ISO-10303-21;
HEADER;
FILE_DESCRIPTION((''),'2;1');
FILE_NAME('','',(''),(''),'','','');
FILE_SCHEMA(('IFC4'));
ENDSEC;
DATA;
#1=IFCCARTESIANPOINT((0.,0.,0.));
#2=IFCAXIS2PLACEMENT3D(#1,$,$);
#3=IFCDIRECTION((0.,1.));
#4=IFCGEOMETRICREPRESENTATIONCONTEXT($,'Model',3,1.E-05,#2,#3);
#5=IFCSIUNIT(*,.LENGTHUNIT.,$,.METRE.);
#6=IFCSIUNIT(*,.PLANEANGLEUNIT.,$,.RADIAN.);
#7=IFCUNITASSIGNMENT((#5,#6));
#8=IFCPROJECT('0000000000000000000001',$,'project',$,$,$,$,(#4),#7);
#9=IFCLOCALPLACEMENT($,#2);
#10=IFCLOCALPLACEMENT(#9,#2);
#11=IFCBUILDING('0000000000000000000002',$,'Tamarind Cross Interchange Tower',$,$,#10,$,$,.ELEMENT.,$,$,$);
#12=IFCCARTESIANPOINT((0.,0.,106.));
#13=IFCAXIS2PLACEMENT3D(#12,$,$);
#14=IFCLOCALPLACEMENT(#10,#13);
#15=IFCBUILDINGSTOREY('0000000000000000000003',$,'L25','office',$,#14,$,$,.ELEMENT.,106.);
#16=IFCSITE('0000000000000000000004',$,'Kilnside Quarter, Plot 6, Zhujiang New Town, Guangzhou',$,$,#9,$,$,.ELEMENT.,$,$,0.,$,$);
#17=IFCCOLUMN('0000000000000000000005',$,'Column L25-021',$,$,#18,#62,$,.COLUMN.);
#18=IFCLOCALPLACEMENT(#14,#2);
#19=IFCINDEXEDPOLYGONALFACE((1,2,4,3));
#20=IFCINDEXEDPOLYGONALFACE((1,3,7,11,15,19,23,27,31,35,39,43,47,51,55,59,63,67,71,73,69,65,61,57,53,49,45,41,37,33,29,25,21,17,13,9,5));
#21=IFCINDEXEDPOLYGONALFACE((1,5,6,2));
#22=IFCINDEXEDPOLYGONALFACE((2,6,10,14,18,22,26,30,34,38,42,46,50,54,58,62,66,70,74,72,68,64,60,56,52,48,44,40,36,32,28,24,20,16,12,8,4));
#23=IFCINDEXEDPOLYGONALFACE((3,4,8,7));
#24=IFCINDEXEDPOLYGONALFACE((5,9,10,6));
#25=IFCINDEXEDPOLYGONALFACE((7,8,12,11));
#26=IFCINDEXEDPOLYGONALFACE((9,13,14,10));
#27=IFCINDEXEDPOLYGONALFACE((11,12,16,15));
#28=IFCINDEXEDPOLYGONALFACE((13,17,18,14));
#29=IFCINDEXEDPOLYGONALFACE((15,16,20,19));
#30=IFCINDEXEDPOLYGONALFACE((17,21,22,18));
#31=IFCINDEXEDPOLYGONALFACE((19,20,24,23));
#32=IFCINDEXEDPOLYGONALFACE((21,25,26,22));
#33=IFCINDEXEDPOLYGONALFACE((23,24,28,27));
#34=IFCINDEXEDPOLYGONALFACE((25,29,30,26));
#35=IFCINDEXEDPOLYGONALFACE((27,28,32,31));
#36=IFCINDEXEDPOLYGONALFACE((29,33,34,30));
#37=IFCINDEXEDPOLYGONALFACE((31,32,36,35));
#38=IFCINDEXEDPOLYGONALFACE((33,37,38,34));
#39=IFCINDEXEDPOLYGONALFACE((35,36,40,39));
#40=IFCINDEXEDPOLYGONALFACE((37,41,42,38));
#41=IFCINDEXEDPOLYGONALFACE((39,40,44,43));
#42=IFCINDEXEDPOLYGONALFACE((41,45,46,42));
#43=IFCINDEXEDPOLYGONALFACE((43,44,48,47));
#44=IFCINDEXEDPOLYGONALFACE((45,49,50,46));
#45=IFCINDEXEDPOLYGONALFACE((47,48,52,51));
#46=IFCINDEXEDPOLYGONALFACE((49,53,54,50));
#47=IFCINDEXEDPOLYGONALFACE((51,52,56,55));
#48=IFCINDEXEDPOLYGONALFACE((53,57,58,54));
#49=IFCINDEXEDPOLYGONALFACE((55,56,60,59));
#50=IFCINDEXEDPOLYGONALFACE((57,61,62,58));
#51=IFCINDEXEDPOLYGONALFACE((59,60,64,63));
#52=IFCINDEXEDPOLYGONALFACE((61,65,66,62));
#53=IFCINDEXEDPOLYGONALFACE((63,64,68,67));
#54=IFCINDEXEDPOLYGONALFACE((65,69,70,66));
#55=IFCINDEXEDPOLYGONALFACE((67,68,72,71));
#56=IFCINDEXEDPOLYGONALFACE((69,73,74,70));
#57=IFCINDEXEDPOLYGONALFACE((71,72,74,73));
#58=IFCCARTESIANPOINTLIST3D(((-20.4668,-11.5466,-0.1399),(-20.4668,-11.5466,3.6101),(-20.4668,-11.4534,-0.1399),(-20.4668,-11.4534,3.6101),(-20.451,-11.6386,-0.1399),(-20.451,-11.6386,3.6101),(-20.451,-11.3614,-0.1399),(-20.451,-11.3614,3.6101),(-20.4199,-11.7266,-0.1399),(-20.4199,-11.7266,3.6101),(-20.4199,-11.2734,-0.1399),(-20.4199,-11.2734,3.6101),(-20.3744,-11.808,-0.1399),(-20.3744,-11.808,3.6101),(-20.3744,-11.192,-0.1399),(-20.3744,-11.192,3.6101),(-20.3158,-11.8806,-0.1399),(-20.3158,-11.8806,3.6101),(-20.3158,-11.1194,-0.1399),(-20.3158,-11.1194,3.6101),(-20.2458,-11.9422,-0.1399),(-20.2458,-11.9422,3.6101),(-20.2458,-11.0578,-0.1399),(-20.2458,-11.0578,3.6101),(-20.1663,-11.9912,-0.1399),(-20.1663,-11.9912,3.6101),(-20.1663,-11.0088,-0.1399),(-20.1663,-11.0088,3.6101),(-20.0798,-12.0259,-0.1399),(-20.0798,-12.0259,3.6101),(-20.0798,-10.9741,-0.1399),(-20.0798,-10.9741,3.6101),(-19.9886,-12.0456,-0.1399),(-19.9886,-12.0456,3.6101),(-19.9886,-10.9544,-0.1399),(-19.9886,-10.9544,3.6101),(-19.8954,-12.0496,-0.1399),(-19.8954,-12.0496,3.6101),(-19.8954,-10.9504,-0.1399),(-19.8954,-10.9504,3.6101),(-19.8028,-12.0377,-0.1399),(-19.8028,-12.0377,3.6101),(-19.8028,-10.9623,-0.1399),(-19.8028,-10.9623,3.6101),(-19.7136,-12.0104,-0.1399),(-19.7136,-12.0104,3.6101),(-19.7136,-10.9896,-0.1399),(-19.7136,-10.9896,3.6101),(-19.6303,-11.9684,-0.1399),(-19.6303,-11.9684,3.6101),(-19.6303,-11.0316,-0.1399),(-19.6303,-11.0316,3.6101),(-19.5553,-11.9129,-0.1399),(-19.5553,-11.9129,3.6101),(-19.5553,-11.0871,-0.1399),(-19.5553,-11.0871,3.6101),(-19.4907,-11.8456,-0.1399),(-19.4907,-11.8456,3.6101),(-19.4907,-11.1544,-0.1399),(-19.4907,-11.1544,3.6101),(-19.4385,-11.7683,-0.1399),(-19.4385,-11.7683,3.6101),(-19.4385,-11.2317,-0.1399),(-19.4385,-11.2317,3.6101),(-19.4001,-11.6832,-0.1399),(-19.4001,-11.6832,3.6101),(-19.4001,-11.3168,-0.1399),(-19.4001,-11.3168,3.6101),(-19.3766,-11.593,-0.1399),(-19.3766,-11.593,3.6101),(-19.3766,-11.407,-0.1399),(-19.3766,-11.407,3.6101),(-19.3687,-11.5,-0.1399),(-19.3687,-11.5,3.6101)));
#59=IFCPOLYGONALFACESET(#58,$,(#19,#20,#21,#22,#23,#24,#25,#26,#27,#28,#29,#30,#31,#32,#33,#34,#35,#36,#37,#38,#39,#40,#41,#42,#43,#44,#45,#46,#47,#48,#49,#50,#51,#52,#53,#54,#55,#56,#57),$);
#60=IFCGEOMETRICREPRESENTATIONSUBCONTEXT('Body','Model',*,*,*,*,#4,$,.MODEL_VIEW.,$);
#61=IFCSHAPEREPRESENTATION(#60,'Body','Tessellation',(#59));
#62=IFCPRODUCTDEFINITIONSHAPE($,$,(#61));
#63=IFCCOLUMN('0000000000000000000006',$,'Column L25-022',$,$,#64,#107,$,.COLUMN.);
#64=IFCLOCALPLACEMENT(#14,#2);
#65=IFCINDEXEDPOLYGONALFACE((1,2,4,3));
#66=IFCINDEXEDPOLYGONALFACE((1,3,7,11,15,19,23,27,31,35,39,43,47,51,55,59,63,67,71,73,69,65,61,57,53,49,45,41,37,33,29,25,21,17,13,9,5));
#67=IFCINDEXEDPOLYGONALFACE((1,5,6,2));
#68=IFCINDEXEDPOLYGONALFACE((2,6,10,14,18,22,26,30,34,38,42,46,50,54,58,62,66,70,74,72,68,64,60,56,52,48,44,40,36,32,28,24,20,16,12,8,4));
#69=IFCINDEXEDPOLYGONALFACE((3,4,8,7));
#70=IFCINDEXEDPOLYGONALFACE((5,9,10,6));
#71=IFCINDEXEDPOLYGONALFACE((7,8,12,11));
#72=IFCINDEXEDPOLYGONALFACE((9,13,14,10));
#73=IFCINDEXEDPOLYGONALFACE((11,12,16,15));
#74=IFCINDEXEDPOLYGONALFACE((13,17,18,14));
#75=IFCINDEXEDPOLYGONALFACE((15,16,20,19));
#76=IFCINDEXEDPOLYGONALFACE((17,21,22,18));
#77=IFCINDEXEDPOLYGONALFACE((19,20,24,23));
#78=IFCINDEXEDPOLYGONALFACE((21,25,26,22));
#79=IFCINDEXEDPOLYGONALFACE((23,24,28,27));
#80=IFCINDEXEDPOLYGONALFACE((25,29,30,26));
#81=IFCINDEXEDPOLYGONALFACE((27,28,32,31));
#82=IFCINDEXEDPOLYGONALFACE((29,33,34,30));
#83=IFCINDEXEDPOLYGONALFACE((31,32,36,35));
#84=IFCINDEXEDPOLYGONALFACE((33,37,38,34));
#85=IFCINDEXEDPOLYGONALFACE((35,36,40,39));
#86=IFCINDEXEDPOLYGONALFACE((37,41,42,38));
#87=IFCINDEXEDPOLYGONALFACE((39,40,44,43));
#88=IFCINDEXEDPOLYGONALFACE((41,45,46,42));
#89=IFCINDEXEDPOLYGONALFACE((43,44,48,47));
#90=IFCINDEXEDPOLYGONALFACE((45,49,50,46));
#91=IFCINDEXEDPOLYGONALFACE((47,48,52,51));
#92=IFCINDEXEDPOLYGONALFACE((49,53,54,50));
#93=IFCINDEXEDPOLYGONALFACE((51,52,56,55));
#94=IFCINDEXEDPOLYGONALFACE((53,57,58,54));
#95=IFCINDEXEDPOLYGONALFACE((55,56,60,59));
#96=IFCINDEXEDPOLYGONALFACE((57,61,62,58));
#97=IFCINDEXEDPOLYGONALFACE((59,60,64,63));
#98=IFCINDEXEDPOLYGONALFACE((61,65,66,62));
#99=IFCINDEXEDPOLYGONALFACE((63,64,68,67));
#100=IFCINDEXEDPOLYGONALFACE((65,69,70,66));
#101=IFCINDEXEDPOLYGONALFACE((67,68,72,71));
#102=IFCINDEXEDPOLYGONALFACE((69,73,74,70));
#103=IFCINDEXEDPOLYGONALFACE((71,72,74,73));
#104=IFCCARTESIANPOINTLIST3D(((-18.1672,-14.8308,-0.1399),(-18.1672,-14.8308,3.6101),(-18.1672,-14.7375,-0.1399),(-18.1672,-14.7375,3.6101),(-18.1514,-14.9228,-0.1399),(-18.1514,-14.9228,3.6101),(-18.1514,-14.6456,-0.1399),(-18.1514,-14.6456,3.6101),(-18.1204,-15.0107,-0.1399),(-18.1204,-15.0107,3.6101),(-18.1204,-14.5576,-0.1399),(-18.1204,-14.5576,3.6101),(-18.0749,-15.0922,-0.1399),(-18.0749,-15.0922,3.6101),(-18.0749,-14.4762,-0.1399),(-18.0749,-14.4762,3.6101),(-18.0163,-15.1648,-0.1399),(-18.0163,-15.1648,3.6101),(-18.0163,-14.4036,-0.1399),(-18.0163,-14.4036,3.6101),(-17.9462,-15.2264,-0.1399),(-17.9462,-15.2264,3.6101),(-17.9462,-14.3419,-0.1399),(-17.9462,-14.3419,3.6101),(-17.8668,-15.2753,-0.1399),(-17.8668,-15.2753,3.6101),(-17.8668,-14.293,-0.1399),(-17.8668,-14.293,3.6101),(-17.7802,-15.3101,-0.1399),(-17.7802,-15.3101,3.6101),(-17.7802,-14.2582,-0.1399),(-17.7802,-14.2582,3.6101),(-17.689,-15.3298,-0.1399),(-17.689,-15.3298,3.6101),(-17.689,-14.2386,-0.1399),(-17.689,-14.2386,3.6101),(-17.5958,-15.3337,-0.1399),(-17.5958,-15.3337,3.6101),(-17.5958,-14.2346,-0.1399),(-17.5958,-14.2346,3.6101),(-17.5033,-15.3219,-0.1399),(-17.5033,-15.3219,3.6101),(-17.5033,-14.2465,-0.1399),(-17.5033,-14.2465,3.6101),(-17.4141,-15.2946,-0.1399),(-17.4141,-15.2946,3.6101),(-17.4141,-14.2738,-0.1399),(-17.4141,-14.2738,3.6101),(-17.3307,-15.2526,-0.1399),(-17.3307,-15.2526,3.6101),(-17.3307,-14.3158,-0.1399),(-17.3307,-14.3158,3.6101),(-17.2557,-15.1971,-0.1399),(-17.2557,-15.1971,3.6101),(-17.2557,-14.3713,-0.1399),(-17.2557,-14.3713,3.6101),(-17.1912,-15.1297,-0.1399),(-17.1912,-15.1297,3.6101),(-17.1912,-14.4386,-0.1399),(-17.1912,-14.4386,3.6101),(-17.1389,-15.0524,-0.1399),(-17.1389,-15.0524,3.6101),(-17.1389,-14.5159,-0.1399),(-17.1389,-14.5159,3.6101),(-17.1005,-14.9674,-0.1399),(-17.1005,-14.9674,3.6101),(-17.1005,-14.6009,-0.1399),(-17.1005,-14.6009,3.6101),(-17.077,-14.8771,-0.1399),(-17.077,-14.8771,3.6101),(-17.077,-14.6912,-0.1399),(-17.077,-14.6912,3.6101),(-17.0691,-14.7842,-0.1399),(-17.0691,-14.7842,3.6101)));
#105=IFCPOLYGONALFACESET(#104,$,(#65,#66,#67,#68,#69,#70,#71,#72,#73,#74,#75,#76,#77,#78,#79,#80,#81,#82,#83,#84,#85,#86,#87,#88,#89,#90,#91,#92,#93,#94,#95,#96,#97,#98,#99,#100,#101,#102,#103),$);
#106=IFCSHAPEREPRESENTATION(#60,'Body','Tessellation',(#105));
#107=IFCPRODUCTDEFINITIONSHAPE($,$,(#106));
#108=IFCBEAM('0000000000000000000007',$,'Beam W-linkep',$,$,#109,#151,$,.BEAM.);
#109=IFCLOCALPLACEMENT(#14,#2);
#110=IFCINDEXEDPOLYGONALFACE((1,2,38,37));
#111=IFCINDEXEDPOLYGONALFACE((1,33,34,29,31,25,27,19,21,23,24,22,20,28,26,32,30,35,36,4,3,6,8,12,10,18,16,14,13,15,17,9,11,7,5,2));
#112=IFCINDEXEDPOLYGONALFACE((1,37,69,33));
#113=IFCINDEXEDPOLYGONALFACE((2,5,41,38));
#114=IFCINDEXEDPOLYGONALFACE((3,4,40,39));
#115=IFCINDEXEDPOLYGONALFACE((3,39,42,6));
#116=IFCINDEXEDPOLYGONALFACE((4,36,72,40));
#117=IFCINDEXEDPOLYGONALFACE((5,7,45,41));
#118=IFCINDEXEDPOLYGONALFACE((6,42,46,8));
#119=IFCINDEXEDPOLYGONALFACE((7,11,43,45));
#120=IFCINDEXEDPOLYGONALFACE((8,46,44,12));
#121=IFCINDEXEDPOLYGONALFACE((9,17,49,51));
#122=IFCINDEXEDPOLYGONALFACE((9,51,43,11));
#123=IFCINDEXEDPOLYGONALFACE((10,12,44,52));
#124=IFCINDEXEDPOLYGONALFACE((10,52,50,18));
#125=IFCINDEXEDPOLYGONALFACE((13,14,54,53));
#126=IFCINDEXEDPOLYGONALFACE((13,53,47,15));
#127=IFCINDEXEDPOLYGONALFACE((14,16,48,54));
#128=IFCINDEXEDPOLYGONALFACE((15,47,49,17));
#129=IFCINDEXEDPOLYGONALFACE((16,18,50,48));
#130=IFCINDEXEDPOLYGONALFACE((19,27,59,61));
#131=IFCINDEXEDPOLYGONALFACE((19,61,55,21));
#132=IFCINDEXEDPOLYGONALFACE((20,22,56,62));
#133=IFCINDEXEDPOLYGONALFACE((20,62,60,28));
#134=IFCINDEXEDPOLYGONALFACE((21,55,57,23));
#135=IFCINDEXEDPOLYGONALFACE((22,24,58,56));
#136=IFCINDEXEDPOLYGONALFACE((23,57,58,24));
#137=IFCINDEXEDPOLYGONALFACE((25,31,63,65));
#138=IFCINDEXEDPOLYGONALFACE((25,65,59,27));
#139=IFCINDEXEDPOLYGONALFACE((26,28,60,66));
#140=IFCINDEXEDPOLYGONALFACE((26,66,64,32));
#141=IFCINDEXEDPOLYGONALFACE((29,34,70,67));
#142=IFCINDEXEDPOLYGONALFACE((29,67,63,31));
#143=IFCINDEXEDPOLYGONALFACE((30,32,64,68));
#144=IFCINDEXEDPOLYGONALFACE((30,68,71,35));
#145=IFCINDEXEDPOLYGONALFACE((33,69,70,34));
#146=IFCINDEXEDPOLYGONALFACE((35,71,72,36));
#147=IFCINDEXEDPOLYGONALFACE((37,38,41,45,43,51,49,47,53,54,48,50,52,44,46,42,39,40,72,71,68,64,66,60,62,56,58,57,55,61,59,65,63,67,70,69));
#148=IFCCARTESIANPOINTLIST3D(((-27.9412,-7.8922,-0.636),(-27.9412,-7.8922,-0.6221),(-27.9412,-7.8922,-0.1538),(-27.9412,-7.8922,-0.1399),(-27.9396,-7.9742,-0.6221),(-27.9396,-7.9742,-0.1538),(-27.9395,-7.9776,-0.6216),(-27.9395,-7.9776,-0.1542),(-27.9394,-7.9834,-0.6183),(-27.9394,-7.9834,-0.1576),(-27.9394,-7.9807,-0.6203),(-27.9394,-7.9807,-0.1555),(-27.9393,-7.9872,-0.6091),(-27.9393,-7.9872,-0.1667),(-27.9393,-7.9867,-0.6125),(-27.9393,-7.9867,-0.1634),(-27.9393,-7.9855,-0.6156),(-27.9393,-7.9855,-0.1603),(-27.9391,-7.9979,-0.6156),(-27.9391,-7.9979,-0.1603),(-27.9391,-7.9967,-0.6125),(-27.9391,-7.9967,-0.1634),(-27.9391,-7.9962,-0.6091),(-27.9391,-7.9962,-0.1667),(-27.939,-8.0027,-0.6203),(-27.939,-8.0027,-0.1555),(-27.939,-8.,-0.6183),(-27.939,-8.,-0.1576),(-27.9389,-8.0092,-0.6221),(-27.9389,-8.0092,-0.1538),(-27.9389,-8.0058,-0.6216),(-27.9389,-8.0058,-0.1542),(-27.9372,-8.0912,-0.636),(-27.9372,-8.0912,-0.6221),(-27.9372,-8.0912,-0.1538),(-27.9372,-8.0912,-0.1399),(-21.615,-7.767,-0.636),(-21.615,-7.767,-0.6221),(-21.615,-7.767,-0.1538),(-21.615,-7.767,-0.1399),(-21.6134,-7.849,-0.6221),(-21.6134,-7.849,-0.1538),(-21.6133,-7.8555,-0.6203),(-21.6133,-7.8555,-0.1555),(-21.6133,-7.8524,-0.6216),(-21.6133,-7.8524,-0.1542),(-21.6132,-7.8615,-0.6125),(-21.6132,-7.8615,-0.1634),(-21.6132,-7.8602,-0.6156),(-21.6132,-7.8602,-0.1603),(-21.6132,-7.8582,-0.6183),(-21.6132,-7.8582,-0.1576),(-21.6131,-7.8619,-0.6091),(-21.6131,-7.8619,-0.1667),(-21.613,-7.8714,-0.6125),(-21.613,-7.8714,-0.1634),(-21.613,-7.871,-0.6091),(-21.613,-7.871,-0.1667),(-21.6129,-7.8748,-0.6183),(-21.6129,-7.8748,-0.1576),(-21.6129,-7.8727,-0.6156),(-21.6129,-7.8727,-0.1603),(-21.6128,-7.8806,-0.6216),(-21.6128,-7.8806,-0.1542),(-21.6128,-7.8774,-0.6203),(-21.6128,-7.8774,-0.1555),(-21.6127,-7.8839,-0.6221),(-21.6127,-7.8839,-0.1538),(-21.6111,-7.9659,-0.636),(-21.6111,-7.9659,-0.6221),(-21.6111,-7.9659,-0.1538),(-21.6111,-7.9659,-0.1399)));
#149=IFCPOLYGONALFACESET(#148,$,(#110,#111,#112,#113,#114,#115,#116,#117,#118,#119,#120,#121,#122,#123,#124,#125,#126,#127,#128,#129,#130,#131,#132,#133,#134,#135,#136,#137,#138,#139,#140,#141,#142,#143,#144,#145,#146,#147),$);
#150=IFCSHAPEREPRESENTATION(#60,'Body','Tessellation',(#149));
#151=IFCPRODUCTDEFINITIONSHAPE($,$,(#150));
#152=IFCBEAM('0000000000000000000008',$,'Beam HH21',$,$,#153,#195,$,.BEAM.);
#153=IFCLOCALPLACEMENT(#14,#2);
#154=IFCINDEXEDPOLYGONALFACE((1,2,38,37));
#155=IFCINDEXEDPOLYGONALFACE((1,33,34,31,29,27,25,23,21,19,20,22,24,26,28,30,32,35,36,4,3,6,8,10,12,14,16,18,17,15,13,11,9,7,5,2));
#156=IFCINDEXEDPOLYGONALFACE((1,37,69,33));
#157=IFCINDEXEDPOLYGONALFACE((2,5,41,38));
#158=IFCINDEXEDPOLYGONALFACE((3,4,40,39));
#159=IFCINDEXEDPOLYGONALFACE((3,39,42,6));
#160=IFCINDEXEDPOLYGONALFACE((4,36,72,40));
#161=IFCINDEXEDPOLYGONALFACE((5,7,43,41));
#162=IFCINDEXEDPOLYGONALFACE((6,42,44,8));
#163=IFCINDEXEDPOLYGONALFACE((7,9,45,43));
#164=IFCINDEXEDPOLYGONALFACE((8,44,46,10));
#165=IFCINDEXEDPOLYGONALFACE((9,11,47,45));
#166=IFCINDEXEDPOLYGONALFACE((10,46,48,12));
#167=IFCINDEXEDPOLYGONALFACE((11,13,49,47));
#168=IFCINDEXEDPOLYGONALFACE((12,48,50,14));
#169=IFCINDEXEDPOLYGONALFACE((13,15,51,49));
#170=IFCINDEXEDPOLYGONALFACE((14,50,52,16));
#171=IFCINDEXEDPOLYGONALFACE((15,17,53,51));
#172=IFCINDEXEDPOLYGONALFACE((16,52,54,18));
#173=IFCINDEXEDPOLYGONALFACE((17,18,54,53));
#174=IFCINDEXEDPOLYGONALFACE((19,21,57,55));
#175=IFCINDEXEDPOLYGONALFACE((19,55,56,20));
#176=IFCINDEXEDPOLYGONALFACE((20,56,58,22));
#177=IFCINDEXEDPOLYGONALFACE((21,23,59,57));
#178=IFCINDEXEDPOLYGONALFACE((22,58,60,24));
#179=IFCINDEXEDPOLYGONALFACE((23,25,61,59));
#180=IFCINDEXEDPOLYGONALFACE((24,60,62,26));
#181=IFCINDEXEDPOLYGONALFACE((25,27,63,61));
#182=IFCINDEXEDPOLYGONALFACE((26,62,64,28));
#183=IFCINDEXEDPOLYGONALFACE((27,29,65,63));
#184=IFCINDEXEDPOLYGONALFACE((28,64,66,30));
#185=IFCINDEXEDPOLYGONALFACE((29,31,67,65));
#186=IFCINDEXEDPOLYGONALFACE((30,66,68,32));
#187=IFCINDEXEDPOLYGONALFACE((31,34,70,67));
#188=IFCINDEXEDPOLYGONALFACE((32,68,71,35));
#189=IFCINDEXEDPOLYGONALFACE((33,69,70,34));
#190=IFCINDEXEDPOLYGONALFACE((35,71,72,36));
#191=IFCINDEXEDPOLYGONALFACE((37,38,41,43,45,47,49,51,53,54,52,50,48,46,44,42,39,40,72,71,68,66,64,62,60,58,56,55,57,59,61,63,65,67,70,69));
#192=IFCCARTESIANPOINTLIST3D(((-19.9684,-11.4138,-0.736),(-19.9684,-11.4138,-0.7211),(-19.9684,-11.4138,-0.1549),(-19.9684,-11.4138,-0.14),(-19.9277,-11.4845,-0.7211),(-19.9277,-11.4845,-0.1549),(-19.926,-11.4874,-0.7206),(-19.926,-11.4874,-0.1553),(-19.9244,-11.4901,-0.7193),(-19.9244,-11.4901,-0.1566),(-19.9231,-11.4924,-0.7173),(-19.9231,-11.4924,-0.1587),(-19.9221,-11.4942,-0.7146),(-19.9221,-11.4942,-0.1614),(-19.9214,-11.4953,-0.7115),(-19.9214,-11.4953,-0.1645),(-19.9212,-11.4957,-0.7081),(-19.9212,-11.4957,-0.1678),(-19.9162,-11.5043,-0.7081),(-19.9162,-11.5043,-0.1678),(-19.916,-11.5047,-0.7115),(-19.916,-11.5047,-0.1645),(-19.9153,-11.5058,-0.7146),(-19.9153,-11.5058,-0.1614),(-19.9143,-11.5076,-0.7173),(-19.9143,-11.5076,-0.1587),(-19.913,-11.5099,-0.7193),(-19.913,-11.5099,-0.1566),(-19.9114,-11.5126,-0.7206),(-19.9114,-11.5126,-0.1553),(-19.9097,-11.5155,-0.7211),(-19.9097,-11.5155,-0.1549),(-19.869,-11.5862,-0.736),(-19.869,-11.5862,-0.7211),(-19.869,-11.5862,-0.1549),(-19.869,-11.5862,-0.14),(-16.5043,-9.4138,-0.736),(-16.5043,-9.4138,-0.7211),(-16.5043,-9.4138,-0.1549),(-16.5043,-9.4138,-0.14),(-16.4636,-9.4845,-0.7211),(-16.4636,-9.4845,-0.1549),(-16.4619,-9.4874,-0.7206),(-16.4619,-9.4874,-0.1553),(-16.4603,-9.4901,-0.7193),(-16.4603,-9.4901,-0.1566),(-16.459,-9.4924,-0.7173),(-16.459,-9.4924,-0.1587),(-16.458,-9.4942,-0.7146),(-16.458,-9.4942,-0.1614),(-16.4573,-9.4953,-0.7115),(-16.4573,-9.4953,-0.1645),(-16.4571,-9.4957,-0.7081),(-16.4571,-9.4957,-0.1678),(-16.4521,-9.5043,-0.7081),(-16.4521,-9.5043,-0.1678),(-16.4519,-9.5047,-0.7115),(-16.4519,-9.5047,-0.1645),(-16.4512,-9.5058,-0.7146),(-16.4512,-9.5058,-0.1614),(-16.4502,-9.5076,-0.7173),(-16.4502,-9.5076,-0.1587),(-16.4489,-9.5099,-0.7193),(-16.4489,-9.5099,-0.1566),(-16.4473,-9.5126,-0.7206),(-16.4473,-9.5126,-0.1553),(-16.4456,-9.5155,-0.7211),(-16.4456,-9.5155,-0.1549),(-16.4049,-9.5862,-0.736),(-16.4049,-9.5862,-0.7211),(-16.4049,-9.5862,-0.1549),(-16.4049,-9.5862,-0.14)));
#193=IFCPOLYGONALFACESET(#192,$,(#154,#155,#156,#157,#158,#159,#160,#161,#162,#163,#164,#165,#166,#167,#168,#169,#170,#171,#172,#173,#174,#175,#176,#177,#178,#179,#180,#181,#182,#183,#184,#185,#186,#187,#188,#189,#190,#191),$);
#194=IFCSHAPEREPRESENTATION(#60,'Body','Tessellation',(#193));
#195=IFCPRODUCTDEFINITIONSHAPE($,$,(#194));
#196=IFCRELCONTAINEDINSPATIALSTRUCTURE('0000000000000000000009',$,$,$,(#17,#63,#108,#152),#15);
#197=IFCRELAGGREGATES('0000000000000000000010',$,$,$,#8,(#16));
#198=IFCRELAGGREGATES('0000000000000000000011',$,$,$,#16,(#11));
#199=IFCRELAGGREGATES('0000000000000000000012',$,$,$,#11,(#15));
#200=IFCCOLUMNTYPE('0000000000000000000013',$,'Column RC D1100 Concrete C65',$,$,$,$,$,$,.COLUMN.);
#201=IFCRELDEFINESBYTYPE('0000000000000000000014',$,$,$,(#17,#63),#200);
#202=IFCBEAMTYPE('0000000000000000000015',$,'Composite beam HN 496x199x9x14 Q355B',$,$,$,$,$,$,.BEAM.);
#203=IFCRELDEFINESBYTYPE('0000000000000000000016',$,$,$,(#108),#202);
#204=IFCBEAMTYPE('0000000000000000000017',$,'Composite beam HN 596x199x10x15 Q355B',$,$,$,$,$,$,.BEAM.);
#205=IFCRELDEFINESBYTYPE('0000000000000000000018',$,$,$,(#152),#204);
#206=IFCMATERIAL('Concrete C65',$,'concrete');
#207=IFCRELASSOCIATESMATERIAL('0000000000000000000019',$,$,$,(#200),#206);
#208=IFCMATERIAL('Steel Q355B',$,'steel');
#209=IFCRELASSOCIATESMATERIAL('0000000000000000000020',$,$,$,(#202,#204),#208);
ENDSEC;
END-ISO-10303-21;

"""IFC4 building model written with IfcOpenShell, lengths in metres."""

from ifc_helpers import new_model, si_unit, direction, frame, origin, origin_2d, place, context, subcontext, project, spatial, circle, i_section, extrude, material, material_profile, profile_set, type_object, element, save


model = new_model("IFC4")

# Units and contexts
model_context = context("Model", 3, precision=1e-05, world=origin(), true_north=direction((0.0, 1.0)))
body_context = subcontext(model_context, "Body", "Model", "MODEL_VIEW")
ifc_project = project(units=[si_unit("LENGTHUNIT", "METRE"), si_unit("PLANEANGLEUNIT", "RADIAN")], contexts=[model_context])

# Site, building, storey
site_placement = place(None, origin())
site = spatial("IfcSite", under=ifc_project, at=site_placement, Name="Kilnside Quarter, Plot 6, Zhujiang New Town, Guangzhou", CompositionType="ELEMENT", RefElevation=0.0)
building_placement = place(site_placement, origin())
building = spatial("IfcBuilding", under=site, at=building_placement, Name="Tamarind Cross Interchange Tower", CompositionType="ELEMENT")
storey_placement = place(building_placement, frame((0.0, 0.0, 106.0)))
storey = spatial("IfcBuildingStorey", under=building, at=storey_placement, Name="L25", Description="office", CompositionType="ELEMENT", Elevation=106.0)

# Columns
ifc_material_1 = material(Name="Concrete C65", Category="concrete")
ifc_material_profile_1 = material_profile(ifc_material_1, circle(Radius=0.55, at=origin_2d()), Name="RC D1100")
ifc_profile_set_1 = profile_set([ifc_material_profile_1], Name="Concrete C65")
column_type = type_object("IfcColumnType", Name="Column RC D1100 Concrete C65", PredefinedType="COLUMN", material=ifc_profile_set_1)
for number, where, z_axis, x_axis, name in (
    (1, (-19.9187, -11.5, -0.1399), (0.0, 0.0, 1.0), (1.0, 0.0, 0.0), "Column L25-021"),
    (2, (-17.6191, -14.7842, -0.1399), (0.0, 0.0, 1.0), (1.0, 0.0, 0.0), "Column L25-022"),
):
    element("IfcColumn", number, at=place(storey_placement, frame(where, z_axis=z_axis, x_axis=x_axis)), inside=storey, type_object=column_type, Name=name, PredefinedType="COLUMN", context=body_context, shape_type="SweptSolid", body=[
        extrude(circle(Radius=0.55, at=origin_2d()), origin(), (0.0, 0.0, 1.0), 3.75),
    ])

# Beams
ifc_material_2 = material(Name="Steel Q355B", Category="steel")
ifc_material_profile_2 = material_profile(ifc_material_2, i_section(OverallWidth=0.199, OverallDepth=0.4961, WebThickness=0.009, FlangeThickness=0.0139, FilletRadius=0.0129, at=origin_2d()), Name="HN 496x199x9x14")
ifc_profile_set_2 = profile_set([ifc_material_profile_2], Name="Steel Q355B")
beam_type_1 = type_object("IfcBeamType", Name="Composite beam HN 496x199x9x14 Q355B", PredefinedType="BEAM", material=ifc_profile_set_2)
beam_1_placement = place(storey_placement, frame((-27.9392, -7.9917, -0.3879), z_axis=(0.999804, 0.019794, 0.0), x_axis=(-0.019794, 0.999804, 0.0)))
element("IfcBeam", 3, at=beam_1_placement, inside=storey, type_object=beam_type_1, Name="Beam W-linkep", PredefinedType="BEAM", context=body_context, shape_type="SweptSolid", body=[
    extrude(i_section(OverallWidth=0.199, OverallDepth=0.4961, WebThickness=0.009, FlangeThickness=0.0139, FilletRadius=0.0129, at=origin_2d()), origin(), (0.0, 0.0, 1.0), 6.3274),
])
ifc_material_profile_3 = material_profile(ifc_material_2, i_section(OverallWidth=0.199, OverallDepth=0.5959, WebThickness=0.01, FlangeThickness=0.0149, FilletRadius=0.0129, at=origin_2d()), Name="HN 596x199x10x15")
ifc_profile_set_3 = profile_set([ifc_material_profile_3], Name="Steel Q355B")
beam_type_2 = type_object("IfcBeamType", Name="Composite beam HN 596x199x10x15 Q355B", PredefinedType="BEAM", material=ifc_profile_set_3)
beam_2_placement = place(storey_placement, frame((-19.9187, -11.5, -0.438), z_axis=(0.866026, 0.499999, 0.0), x_axis=(-0.499999, 0.866026, 0.0)))
element("IfcBeam", 4, at=beam_2_placement, inside=storey, type_object=beam_type_2, Name="Beam HH21", PredefinedType="BEAM", context=body_context, shape_type="SweptSolid", body=[
    extrude(i_section(OverallWidth=0.199, OverallDepth=0.5959, WebThickness=0.01, FlangeThickness=0.0149, FilletRadius=0.0129, at=origin_2d()), origin(), (0.0, 0.0, 1.0), 4.0),
])

save(model, "model.ifc")
